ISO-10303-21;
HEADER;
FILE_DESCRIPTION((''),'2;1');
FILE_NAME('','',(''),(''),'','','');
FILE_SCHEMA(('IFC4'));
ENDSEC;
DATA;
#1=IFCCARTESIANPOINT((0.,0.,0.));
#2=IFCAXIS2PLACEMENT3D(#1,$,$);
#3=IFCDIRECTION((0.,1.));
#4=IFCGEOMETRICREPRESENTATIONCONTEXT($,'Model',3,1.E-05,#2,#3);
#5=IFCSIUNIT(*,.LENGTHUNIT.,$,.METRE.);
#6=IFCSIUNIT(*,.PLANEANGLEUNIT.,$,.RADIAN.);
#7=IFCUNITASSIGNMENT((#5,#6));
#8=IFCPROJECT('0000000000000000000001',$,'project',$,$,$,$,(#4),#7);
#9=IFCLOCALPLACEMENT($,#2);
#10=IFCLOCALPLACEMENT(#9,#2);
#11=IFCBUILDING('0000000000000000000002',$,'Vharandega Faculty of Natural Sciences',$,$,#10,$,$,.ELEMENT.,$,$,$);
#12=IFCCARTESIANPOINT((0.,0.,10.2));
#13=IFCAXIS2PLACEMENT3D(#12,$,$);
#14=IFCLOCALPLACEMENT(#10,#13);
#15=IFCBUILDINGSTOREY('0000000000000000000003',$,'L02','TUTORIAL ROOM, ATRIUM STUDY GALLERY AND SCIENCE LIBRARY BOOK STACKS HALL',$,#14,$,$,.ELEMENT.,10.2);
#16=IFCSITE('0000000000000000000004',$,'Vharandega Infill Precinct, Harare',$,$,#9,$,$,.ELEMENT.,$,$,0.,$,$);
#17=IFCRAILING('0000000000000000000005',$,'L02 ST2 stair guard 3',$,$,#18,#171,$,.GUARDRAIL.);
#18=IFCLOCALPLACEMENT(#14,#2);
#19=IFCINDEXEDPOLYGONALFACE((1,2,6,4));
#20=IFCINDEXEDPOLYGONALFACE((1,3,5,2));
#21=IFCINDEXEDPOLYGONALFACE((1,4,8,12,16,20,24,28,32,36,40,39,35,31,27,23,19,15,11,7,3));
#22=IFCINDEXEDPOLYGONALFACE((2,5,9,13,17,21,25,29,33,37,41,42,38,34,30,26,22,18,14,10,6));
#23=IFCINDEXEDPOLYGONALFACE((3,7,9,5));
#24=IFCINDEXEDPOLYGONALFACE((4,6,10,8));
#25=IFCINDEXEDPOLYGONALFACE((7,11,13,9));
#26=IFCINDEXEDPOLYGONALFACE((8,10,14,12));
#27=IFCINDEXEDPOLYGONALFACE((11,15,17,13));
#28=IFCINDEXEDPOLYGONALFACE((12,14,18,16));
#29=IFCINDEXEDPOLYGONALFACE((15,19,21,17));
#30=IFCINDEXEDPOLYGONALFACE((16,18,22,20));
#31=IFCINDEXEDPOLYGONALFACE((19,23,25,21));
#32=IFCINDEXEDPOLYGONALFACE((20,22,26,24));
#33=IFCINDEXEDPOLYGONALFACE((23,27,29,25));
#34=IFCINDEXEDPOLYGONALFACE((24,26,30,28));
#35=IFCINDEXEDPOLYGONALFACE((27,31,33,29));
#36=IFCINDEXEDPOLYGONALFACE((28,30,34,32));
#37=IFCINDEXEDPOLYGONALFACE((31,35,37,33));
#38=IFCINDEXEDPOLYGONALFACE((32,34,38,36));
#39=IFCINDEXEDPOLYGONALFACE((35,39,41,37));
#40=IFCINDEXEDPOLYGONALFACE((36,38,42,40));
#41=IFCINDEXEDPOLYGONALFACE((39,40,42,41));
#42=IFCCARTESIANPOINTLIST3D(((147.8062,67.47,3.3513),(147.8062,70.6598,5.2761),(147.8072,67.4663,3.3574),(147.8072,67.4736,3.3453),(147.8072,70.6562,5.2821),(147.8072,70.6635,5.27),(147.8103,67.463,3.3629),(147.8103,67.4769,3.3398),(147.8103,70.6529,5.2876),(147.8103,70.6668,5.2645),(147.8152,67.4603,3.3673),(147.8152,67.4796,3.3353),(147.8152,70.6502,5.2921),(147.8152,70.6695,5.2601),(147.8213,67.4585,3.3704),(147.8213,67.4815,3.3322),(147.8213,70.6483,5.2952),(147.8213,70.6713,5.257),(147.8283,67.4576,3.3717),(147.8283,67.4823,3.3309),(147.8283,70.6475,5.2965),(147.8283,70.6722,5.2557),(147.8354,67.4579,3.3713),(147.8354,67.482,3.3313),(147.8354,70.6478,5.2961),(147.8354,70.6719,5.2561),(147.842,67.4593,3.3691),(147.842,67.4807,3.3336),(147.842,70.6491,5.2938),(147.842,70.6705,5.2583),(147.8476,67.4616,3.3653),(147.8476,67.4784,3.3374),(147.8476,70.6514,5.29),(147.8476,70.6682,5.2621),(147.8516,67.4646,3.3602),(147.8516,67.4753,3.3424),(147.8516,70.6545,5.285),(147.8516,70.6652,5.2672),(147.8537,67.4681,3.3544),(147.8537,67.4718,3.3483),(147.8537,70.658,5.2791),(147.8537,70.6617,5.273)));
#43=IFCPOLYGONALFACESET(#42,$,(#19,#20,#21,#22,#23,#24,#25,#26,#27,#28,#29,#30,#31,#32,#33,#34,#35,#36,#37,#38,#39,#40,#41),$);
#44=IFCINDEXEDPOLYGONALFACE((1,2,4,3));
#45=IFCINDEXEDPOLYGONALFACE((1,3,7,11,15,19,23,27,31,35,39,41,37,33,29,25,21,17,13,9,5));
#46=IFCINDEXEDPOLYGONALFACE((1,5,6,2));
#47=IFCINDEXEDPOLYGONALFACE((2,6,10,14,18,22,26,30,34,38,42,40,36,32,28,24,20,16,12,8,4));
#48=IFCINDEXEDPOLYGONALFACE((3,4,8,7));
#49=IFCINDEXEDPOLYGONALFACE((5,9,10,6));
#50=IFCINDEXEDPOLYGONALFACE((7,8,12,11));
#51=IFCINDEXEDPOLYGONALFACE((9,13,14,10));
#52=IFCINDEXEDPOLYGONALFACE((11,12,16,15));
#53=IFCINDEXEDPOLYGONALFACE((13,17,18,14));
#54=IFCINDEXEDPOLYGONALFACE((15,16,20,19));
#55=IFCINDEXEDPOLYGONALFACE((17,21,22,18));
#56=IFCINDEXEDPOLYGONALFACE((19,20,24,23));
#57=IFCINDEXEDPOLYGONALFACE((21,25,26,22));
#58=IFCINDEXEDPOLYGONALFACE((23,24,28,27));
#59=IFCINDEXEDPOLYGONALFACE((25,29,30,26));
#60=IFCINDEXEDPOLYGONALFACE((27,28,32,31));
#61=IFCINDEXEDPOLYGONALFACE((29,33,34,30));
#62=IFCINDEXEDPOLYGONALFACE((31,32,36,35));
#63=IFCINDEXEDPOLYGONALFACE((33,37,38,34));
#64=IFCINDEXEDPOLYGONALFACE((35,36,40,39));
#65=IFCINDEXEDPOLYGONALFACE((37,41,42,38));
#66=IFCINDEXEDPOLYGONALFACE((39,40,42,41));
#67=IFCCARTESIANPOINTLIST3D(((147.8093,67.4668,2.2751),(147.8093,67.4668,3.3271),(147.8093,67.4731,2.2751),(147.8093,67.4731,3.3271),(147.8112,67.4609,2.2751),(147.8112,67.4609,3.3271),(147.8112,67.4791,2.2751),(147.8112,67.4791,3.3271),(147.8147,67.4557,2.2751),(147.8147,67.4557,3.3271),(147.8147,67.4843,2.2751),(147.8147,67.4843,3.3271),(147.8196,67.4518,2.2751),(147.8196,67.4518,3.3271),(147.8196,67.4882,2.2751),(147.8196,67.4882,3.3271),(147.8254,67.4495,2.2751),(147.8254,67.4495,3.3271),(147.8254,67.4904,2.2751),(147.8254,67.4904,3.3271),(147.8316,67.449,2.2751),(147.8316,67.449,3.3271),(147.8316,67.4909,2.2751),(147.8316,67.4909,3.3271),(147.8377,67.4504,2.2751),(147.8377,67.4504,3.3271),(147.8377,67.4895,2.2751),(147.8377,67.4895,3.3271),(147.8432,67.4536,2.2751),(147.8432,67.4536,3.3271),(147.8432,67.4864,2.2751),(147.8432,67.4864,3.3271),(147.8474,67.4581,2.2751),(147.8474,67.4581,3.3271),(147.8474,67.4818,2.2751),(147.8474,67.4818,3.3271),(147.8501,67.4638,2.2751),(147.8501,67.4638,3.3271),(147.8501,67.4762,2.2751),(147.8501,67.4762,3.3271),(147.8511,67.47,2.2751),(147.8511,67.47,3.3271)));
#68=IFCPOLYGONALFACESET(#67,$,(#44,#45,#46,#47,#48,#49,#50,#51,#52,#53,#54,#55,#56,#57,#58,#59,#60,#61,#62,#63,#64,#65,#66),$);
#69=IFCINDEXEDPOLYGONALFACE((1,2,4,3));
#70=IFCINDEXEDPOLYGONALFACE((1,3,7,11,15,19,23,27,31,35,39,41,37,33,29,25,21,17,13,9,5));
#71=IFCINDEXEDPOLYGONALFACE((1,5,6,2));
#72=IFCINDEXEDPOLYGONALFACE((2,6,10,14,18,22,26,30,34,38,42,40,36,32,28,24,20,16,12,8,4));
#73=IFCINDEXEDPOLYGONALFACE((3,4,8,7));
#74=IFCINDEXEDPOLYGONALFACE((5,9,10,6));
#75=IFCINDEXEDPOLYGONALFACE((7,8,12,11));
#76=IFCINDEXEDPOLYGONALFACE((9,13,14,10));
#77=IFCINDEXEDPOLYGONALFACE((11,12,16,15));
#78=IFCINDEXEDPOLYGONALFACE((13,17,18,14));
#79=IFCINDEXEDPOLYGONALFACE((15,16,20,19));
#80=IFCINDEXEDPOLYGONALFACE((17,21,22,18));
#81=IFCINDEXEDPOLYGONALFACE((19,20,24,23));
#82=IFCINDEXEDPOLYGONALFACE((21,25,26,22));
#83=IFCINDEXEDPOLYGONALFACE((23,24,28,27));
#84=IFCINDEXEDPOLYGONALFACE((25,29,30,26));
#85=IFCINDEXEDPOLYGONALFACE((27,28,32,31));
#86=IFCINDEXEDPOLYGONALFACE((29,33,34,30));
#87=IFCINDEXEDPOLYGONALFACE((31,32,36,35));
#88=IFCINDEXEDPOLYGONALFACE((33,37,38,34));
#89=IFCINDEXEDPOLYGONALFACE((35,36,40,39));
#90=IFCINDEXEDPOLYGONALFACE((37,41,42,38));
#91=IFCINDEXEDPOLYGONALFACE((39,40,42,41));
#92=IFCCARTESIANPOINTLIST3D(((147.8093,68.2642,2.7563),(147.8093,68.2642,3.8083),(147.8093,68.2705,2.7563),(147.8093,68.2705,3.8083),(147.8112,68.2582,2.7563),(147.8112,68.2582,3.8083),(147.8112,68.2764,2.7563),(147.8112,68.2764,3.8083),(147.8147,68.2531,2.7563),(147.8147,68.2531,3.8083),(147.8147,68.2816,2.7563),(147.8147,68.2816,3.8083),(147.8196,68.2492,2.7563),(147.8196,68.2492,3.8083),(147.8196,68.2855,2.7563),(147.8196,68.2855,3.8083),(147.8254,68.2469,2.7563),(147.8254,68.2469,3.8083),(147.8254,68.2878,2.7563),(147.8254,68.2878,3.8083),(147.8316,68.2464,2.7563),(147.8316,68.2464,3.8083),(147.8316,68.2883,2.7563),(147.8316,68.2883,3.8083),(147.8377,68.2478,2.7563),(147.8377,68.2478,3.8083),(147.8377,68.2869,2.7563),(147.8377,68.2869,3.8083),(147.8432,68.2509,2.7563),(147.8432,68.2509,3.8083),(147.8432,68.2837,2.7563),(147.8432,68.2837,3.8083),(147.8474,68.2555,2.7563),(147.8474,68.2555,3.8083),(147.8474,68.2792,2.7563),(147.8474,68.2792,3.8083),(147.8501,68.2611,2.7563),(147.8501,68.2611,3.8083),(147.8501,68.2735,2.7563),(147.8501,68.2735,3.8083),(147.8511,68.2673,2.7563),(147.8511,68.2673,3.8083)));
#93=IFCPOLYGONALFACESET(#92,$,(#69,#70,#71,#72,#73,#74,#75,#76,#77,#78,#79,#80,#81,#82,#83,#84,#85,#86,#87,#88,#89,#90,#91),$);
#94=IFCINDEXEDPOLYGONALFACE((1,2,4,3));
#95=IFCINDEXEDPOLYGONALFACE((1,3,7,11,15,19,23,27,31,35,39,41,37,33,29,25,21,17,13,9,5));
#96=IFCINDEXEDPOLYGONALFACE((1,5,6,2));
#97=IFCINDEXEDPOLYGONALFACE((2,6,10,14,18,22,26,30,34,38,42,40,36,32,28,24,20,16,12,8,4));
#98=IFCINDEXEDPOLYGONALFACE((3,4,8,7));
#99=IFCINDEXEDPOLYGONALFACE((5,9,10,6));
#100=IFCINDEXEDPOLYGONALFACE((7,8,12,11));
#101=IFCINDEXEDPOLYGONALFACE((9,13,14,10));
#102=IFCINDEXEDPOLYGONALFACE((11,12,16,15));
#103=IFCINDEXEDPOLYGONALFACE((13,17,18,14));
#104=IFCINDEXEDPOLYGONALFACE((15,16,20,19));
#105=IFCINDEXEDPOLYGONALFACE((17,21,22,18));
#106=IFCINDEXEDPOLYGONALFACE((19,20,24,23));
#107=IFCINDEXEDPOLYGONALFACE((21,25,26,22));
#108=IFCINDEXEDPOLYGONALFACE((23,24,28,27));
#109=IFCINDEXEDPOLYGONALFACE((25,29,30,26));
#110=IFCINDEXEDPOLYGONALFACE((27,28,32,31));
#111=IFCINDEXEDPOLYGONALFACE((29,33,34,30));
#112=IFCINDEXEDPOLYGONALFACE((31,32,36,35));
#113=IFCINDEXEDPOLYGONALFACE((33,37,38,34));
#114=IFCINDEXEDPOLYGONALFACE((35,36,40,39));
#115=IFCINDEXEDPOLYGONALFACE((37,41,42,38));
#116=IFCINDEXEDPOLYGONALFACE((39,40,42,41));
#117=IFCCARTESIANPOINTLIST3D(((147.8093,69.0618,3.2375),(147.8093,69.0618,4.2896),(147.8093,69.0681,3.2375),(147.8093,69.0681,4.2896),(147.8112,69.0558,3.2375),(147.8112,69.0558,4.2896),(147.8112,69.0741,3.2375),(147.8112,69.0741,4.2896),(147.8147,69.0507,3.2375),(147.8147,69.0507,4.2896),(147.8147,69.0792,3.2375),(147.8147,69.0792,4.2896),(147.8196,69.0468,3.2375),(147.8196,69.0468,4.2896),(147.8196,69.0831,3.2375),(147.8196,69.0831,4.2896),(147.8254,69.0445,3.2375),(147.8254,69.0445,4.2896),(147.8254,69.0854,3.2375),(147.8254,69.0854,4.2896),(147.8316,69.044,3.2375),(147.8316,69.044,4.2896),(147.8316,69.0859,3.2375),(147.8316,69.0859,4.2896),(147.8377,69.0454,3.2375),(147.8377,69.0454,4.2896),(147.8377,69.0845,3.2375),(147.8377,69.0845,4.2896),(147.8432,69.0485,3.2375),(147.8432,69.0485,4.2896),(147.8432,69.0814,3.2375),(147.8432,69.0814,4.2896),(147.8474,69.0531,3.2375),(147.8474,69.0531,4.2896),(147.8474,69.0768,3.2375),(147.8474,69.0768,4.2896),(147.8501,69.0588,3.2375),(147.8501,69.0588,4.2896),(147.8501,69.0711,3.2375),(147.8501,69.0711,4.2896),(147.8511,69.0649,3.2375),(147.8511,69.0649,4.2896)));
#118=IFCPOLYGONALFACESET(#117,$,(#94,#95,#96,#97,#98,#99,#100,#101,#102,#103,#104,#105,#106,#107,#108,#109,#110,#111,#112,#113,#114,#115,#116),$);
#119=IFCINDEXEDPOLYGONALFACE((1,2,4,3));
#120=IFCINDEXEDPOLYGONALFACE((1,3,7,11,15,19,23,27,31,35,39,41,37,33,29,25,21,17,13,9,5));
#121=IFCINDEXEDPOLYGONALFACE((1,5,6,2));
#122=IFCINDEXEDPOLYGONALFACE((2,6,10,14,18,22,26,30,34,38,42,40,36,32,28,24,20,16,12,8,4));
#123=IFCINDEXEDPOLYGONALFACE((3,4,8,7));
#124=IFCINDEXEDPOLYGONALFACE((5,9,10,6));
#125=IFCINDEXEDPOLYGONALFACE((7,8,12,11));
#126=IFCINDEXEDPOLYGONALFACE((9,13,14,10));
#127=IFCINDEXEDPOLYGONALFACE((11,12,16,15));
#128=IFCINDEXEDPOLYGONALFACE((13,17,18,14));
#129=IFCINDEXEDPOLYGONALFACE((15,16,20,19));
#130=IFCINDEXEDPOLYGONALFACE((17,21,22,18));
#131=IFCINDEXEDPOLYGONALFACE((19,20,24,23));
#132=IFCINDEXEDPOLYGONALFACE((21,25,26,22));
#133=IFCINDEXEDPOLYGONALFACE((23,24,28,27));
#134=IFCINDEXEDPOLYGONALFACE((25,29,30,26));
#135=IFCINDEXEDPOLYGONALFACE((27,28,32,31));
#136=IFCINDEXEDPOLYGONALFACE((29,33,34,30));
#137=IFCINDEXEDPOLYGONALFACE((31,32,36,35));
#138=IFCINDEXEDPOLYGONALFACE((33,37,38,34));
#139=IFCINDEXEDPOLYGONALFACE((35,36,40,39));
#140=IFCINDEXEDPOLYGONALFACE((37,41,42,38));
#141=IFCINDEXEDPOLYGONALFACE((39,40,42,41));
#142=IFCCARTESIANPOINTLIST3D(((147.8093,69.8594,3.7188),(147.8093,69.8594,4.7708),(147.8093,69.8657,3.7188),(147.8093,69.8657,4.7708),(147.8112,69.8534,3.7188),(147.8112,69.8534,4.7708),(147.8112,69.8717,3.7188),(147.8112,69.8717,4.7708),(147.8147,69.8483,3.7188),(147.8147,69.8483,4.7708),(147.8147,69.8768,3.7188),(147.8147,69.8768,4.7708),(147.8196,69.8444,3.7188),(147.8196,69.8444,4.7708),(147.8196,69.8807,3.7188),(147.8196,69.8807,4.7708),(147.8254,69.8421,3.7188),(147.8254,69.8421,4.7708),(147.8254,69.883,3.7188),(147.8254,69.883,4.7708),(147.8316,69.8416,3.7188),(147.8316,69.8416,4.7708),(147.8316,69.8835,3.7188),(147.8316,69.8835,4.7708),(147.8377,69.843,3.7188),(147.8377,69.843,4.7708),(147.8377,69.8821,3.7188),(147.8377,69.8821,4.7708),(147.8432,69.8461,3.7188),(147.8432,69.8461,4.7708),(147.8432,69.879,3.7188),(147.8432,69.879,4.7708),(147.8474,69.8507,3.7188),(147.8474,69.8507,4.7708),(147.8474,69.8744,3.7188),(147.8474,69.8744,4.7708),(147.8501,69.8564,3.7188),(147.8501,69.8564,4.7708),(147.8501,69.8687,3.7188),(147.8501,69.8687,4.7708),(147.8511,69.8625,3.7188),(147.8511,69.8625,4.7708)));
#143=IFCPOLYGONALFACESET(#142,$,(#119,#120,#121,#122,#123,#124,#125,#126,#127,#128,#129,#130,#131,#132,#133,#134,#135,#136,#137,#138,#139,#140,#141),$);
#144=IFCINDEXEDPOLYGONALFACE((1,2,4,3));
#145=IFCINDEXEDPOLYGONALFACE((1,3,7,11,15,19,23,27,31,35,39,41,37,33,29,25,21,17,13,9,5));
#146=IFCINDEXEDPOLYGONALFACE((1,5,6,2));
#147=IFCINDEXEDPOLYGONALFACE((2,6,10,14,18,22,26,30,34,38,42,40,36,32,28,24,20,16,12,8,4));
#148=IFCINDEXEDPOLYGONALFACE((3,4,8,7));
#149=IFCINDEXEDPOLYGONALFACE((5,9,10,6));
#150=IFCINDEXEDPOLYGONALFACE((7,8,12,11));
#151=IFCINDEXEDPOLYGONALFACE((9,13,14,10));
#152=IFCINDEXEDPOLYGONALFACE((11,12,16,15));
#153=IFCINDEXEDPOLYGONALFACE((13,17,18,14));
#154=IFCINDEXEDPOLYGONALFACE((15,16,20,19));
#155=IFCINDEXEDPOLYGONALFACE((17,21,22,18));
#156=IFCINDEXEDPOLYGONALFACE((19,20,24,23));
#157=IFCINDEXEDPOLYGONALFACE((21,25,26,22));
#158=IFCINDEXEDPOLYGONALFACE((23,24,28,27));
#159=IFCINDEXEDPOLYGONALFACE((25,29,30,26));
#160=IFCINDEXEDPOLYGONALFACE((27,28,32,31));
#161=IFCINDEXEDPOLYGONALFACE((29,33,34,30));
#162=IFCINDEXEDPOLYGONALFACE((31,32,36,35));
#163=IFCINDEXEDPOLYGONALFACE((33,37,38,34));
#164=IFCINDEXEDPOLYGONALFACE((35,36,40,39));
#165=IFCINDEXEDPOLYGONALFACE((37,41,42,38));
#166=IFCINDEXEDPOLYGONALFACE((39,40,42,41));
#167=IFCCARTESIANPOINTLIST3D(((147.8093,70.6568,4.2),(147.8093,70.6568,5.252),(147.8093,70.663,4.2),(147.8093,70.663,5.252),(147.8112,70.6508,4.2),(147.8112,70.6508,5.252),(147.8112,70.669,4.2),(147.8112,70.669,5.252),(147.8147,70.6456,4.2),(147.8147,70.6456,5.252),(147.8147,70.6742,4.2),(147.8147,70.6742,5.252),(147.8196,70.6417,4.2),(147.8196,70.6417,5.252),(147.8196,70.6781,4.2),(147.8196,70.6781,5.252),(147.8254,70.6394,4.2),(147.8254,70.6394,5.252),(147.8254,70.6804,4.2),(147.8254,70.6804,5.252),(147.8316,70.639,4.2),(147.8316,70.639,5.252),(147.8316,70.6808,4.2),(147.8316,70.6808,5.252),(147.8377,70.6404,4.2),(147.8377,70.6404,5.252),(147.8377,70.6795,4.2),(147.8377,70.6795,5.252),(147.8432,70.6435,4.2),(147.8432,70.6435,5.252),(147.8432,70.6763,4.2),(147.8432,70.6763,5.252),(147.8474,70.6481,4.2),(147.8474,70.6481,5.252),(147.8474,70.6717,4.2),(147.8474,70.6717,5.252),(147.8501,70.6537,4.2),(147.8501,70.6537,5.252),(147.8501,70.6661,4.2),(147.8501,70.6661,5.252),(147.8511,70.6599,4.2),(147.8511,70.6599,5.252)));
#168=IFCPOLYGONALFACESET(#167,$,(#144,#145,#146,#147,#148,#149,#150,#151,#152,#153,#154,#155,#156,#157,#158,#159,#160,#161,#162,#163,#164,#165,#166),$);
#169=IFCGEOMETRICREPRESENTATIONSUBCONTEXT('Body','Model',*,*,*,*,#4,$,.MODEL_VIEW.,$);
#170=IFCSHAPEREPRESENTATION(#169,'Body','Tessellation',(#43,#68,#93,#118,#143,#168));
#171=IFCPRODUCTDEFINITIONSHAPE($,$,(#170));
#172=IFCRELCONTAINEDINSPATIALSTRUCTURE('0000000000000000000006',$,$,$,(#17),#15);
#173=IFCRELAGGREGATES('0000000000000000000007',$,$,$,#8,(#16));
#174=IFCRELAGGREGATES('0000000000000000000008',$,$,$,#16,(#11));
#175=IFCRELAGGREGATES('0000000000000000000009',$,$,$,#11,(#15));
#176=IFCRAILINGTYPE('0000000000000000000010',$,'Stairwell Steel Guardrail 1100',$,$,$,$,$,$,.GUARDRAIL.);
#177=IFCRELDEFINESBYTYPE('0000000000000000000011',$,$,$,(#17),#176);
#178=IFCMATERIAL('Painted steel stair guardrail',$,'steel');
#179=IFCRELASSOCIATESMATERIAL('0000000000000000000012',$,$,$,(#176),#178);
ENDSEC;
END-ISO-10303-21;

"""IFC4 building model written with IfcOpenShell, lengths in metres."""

from ifc_helpers import new_model, si_unit, direction, frame, origin, origin_2d, place, context, subcontext, project, spatial, circle, extrude, material, type_object, element, save


model = new_model("IFC4")

# Units and contexts
model_context = context("Model", 3, precision=1e-05, world=origin(), true_north=direction((0.0, 1.0)))
body_context = subcontext(model_context, "Body", "Model", "MODEL_VIEW")
ifc_project = project(units=[si_unit("LENGTHUNIT", "METRE"), si_unit("PLANEANGLEUNIT", "RADIAN")], contexts=[model_context])

# Site, building, storey
site_placement = place(None, origin())
site = spatial("IfcSite", under=ifc_project, at=site_placement, Name="Vharandega Infill Precinct, Harare", CompositionType="ELEMENT", RefElevation=0.0)
building_placement = place(site_placement, origin())
building = spatial("IfcBuilding", under=site, at=building_placement, Name="Vharandega Faculty of Natural Sciences", CompositionType="ELEMENT")
storey_placement = place(building_placement, frame((0.0, 0.0, 10.2)))
storey = spatial("IfcBuildingStorey", under=building, at=storey_placement, Name="L02", Description="TUTORIAL ROOM, ATRIUM STUDY GALLERY AND SCIENCE LIBRARY BOOK STACKS HALL", CompositionType="ELEMENT", Elevation=10.2)

# Railing
ifc_material_1 = material(Name="Painted steel stair guardrail", Category="steel")
railing_type_1 = type_object("IfcRailingType", Name="Stairwell Steel Guardrail 1100", PredefinedType="GUARDRAIL", material=ifc_material_1)
railing_1_placement = place(storey_placement, frame((147.8301, 67.47, 2.2751)))
element("IfcRailing", 1, at=railing_1_placement, inside=storey, type_object=railing_type_1, Name="L02 ST2 stair guard 3", PredefinedType="GUARDRAIL", context=body_context, shape_type="SweptSolid", body=[
    extrude(circle(Radius=0.0239, at=origin_2d()), frame((0.0, 0.0, 1.0762), z_axis=(0.0, 0.856207, 0.516633), x_axis=(-1.0, 0.0, 0.0)), (0.0, 0.0, 1.0), 3.7256),
    extrude(circle(Radius=0.021, at=origin_2d()), origin(), (0.0, 0.0, 1.0), 1.052),
    extrude(circle(Radius=0.021, at=origin_2d()), frame((0.0, 0.7974, 0.4812)), (0.0, 0.0, 1.0), 1.052),
    extrude(circle(Radius=0.021, at=origin_2d()), frame((0.0, 1.595, 0.9624)), (0.0, 0.0, 1.0), 1.052),
    extrude(circle(Radius=0.021, at=origin_2d()), frame((0.0, 2.3926, 1.4436)), (0.0, 0.0, 1.0), 1.052),
    extrude(circle(Radius=0.021, at=origin_2d()), frame((0.0, 3.1899, 1.9248)), (0.0, 0.0, 1.0), 1.052),
])

save(model, "model.ifc")
